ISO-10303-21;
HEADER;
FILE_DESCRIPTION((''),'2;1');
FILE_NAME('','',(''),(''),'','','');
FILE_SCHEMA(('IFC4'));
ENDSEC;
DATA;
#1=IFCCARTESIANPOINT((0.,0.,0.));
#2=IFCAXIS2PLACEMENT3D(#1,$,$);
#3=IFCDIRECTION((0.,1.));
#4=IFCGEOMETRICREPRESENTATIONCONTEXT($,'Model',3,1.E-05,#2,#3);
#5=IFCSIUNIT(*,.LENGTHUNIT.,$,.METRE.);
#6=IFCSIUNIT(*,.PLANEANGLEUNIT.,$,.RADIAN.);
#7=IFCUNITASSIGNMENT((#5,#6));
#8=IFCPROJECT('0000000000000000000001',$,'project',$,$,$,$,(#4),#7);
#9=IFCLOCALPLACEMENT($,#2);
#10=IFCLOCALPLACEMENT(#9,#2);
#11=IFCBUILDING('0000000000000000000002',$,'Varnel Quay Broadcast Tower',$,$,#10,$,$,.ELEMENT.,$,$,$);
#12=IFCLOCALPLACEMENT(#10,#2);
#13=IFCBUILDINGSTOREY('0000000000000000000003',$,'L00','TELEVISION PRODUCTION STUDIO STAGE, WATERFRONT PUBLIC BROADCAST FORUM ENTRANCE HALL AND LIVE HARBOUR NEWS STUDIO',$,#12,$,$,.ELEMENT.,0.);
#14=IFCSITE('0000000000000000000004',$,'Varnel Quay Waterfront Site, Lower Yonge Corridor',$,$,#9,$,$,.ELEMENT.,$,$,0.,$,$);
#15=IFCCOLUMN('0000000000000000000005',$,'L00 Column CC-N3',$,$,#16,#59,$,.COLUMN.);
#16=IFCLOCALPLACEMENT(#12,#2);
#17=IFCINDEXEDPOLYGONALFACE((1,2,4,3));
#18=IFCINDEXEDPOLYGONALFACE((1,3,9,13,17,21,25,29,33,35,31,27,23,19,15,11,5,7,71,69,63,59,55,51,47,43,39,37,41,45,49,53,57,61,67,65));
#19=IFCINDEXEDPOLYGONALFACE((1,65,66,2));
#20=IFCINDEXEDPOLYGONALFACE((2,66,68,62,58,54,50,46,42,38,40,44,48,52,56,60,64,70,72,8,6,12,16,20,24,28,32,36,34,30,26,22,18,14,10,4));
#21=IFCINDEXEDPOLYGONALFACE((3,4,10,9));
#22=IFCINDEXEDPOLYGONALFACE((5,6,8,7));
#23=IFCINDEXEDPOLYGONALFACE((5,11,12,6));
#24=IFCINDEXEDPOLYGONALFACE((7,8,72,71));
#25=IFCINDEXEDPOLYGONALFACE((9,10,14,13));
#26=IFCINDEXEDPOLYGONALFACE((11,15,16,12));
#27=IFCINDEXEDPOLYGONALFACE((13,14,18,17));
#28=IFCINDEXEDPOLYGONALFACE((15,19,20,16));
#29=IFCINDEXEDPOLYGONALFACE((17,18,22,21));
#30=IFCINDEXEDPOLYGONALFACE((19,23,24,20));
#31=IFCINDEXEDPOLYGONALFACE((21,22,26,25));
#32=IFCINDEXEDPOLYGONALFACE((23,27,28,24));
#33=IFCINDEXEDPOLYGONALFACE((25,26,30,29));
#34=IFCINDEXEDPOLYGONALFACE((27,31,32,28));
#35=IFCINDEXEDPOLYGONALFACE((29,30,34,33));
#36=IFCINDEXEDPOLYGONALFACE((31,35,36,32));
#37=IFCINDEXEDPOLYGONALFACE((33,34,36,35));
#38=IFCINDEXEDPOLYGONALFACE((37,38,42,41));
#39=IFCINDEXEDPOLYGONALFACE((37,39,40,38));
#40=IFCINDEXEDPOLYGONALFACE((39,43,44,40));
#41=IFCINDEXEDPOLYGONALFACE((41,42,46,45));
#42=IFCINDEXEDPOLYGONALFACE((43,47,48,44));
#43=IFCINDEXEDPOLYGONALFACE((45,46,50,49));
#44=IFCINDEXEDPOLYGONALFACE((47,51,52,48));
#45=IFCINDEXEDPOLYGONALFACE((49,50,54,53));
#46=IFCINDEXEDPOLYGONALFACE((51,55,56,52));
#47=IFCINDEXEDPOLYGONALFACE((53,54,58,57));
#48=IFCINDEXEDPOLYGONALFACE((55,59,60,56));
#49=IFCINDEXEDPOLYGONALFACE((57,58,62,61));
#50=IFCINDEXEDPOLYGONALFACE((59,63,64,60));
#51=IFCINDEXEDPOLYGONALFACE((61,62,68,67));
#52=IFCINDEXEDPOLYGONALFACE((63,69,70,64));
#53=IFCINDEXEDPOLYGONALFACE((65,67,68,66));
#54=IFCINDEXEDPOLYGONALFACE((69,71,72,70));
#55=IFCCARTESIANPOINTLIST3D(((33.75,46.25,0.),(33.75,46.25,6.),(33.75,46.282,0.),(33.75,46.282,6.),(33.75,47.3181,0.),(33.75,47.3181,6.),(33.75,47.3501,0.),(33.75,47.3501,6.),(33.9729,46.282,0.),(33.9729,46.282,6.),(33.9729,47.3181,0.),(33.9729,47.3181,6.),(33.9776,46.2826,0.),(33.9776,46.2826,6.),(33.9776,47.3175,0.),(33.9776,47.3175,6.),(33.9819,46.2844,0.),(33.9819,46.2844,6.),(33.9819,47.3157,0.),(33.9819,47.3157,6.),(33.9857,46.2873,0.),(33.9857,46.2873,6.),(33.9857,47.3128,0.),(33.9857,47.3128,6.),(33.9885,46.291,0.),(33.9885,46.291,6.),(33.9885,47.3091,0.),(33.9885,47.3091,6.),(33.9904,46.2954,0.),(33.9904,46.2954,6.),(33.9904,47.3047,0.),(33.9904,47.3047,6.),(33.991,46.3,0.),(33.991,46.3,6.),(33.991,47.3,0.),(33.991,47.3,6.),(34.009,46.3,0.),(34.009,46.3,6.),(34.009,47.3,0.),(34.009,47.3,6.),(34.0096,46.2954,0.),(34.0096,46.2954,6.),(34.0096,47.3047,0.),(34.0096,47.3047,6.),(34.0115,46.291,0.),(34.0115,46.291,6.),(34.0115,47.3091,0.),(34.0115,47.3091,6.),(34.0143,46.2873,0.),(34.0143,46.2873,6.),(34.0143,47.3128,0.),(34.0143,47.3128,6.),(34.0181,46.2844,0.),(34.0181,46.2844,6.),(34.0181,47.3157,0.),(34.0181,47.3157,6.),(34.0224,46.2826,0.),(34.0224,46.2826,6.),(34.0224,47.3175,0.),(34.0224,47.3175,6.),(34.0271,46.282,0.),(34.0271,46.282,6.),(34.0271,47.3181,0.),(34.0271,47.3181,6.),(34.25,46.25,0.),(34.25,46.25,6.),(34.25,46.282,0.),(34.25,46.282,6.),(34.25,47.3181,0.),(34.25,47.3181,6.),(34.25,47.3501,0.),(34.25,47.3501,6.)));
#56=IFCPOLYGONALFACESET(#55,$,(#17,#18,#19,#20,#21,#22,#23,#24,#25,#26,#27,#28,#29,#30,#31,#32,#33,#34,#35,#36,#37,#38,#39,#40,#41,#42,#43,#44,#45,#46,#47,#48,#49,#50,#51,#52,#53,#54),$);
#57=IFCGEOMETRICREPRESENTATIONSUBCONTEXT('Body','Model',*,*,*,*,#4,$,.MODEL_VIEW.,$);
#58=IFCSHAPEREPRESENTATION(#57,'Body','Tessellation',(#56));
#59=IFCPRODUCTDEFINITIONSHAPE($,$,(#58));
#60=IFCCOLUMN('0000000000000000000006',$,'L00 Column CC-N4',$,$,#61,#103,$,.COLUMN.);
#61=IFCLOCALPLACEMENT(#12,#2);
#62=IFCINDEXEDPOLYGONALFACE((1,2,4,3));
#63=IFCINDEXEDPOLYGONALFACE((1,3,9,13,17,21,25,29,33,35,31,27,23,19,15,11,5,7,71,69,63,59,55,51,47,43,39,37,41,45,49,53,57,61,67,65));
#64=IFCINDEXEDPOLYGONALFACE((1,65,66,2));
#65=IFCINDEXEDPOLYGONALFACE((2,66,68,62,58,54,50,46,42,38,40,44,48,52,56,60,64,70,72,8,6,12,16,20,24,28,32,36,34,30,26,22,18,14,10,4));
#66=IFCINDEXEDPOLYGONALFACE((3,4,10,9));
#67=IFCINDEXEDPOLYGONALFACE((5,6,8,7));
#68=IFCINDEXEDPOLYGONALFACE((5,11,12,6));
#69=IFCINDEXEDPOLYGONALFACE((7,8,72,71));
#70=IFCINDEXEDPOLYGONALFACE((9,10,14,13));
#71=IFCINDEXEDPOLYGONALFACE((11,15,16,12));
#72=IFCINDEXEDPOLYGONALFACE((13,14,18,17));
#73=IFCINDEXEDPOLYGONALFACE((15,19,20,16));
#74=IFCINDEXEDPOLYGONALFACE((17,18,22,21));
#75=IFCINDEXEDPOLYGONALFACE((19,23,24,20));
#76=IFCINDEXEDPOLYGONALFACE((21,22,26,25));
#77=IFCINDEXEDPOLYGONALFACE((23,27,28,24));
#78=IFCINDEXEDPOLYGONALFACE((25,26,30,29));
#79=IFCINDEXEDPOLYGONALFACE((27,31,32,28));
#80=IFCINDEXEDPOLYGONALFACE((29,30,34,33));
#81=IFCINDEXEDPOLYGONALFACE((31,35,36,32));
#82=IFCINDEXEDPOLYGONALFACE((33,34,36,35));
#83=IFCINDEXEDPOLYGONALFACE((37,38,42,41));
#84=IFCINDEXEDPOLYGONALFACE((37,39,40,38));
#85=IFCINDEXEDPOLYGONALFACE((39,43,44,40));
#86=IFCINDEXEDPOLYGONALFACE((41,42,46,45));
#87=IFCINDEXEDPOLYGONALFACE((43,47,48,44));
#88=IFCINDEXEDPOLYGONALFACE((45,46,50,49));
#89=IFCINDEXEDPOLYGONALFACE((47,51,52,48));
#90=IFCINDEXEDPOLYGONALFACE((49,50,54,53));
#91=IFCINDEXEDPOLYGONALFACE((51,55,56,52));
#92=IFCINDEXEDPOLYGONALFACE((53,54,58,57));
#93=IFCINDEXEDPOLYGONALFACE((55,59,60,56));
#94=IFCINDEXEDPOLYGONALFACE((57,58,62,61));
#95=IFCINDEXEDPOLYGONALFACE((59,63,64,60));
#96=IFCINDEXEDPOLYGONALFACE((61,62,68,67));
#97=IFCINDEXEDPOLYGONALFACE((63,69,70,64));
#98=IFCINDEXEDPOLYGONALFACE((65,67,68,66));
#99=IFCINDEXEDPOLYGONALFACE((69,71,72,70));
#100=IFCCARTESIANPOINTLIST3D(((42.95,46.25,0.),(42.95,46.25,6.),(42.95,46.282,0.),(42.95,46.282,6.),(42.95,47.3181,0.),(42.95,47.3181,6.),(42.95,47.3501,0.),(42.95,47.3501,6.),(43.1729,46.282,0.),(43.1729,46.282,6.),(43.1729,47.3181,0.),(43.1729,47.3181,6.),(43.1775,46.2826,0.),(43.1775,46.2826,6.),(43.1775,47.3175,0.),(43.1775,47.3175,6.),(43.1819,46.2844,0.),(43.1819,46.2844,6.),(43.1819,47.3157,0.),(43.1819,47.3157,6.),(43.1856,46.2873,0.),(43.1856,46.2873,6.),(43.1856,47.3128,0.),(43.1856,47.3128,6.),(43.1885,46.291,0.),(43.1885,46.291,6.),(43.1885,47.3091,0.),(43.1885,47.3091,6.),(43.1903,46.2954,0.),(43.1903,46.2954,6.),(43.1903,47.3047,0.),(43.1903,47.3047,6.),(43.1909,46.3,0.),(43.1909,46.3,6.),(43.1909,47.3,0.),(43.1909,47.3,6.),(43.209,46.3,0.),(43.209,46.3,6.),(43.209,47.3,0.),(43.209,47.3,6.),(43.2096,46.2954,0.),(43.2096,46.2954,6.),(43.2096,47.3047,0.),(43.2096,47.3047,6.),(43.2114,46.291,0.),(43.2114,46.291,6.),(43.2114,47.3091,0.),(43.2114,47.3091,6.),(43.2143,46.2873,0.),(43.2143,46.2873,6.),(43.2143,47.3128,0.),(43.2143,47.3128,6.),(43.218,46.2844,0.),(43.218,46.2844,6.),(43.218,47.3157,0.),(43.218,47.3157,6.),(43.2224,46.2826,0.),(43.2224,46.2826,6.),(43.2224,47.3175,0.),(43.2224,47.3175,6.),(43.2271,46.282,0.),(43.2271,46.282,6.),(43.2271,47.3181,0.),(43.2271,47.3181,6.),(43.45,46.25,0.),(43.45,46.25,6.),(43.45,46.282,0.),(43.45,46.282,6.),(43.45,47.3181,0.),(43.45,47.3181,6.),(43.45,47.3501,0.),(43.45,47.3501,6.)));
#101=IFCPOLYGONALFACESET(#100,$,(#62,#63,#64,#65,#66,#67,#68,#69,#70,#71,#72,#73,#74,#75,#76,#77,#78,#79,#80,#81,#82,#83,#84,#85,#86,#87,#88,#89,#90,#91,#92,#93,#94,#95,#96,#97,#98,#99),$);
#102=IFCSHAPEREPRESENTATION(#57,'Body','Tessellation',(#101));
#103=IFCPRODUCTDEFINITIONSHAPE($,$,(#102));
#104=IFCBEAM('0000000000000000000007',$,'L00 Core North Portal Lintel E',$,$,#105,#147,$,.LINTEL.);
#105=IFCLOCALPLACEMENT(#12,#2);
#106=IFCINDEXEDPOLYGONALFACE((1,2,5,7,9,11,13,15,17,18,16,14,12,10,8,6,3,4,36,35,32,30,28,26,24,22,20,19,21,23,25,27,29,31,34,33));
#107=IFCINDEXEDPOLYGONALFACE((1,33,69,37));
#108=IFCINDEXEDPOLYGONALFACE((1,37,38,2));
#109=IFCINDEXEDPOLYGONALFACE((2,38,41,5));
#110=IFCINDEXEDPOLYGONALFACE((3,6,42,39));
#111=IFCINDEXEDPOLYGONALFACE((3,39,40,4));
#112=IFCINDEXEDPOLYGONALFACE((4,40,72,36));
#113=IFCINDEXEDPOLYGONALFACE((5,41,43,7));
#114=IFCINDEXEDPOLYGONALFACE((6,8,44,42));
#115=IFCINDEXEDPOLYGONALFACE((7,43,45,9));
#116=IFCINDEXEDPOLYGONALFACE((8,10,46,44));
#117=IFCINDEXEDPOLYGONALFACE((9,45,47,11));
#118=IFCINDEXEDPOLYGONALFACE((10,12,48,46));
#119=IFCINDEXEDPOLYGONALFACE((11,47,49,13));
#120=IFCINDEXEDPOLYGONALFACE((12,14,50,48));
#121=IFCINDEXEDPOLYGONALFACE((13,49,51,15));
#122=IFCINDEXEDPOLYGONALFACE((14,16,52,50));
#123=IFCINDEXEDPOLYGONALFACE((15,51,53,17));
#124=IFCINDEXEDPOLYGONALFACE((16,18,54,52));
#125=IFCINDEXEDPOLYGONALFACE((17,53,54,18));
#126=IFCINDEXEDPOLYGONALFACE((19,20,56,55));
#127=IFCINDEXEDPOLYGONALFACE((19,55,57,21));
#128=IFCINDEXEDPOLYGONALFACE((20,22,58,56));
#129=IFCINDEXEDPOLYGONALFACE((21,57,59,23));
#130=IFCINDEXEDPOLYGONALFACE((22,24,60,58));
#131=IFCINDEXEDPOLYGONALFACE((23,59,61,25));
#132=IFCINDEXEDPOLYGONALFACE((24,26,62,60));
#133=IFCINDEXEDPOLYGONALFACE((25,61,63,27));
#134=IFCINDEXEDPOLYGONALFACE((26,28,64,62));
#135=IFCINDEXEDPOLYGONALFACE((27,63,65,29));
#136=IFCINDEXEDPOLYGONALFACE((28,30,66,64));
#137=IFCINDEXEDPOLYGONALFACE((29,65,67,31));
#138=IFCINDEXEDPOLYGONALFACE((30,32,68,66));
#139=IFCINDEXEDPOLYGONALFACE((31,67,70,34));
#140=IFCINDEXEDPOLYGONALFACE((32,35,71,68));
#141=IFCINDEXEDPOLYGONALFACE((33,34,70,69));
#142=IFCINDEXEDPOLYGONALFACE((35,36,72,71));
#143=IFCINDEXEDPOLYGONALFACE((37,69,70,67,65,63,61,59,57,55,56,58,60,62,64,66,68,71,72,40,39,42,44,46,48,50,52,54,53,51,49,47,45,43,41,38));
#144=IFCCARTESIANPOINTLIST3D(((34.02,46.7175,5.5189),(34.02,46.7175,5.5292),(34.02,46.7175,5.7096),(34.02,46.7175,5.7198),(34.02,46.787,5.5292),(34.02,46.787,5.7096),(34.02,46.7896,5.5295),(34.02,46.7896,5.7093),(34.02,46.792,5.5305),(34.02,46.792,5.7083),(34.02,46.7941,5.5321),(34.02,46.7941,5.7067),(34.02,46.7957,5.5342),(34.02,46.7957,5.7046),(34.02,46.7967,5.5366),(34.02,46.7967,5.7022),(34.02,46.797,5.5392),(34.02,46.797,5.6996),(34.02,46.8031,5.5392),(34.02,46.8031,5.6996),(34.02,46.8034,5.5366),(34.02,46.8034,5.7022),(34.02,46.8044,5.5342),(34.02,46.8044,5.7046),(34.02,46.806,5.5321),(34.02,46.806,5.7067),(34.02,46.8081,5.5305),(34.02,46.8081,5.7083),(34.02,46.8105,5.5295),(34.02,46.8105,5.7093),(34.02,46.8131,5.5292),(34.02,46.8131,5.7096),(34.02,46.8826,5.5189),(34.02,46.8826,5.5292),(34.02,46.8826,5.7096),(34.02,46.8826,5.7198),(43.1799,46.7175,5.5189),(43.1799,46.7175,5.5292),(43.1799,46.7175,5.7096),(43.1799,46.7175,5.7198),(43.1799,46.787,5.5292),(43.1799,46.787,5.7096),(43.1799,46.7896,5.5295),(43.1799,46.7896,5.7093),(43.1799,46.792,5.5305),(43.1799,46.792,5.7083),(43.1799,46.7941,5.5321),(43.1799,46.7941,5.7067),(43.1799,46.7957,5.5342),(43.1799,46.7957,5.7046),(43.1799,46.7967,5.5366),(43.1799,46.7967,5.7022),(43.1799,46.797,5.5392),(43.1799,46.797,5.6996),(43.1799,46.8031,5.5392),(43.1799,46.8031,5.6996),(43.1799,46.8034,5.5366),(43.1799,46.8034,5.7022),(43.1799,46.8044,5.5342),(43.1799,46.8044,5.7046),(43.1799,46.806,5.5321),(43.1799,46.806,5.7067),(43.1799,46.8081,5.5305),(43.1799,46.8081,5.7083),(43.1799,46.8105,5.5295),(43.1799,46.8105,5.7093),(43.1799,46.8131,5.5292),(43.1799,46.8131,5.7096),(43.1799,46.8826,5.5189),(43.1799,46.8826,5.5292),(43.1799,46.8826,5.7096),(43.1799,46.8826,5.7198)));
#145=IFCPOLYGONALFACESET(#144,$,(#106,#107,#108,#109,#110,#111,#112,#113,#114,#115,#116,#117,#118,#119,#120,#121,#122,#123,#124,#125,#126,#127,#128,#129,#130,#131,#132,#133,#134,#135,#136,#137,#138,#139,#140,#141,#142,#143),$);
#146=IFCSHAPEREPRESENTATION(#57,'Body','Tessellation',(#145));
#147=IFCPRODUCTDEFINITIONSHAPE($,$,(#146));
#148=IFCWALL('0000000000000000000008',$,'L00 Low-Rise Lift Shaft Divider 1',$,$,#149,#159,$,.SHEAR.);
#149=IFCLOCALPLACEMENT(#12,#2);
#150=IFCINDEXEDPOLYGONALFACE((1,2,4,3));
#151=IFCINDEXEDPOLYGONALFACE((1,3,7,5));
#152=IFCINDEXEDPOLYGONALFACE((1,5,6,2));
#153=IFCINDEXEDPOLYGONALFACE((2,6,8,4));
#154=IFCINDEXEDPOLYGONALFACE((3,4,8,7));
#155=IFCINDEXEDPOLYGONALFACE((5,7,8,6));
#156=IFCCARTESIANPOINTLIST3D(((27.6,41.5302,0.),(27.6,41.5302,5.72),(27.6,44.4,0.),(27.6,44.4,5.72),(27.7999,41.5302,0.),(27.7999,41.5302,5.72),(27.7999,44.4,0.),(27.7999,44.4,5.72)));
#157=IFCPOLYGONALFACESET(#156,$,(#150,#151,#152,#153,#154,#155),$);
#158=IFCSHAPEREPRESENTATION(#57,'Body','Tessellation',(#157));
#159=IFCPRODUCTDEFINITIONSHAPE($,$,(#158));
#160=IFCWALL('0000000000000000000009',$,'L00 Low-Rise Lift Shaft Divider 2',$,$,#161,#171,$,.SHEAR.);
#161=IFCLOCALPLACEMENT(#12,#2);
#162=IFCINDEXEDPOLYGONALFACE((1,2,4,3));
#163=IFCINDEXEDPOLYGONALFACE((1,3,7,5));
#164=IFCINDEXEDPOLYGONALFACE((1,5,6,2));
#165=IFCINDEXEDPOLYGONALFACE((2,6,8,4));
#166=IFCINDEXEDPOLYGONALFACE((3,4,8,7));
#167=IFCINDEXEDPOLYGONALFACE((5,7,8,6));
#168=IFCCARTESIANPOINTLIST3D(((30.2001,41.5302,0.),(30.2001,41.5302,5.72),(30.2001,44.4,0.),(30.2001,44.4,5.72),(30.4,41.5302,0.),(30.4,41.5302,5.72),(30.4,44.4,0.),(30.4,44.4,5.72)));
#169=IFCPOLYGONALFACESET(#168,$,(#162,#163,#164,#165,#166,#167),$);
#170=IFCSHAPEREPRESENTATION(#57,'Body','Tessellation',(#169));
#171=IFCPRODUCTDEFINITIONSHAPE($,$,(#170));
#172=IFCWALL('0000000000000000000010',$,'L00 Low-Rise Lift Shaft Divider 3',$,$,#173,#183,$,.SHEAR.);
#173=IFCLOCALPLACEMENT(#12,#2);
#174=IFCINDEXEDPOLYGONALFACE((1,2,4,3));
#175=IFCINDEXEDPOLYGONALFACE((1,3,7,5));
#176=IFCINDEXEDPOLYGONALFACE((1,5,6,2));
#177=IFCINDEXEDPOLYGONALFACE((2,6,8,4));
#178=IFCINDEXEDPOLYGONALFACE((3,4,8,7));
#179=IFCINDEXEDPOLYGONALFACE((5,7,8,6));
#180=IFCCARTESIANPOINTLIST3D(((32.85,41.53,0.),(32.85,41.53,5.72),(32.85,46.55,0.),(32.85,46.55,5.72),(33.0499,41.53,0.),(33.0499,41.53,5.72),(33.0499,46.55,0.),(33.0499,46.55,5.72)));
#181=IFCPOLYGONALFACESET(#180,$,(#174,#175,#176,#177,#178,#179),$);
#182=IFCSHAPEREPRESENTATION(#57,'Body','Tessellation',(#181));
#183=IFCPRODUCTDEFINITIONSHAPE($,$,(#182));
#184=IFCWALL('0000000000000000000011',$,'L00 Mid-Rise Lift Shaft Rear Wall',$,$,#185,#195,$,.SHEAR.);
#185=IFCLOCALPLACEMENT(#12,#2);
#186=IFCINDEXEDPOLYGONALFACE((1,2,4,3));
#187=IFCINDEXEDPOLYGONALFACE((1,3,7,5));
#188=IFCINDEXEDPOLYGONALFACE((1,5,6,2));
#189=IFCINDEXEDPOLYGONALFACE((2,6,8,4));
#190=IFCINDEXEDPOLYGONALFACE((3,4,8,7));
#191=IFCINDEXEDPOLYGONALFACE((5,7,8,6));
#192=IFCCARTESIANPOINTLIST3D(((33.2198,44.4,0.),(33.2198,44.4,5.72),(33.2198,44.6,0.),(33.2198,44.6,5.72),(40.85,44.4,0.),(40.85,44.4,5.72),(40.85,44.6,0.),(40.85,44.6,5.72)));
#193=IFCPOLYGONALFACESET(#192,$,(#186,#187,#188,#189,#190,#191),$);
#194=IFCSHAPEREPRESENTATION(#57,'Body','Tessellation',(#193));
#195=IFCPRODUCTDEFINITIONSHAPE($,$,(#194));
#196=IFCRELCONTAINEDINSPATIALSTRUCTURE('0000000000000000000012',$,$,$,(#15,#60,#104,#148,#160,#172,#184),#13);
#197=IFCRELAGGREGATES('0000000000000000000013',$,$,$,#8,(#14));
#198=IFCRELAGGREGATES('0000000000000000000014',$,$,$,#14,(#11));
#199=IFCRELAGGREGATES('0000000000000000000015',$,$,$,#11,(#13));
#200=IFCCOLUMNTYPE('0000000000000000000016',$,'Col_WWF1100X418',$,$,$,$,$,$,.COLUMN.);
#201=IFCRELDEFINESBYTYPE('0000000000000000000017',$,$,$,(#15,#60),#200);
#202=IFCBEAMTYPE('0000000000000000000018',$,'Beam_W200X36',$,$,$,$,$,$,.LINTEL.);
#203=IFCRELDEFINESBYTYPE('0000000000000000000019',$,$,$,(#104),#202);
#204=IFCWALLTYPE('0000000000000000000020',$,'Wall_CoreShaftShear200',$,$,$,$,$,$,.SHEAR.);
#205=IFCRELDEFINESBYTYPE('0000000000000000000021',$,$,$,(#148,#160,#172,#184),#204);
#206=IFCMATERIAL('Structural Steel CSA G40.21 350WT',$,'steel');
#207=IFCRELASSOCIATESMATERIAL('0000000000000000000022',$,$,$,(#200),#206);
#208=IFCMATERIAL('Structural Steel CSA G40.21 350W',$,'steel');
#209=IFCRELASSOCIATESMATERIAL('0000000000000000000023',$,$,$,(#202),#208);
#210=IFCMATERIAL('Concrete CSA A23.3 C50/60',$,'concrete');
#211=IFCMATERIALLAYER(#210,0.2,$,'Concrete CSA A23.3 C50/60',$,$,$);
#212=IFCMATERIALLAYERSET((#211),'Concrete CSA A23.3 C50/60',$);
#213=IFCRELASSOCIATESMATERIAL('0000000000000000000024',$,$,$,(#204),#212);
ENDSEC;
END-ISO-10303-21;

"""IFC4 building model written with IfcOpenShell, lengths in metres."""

from ifc_helpers import new_model, si_unit, direction, frame, frame_2d, origin, origin_2d, place, context, subcontext, project, spatial, rectangle, i_section, extrude, source, transform, mapped, material, layer, layer_set, material_profile, profile_set, type_object, type_shapes, element, save


model = new_model("IFC4")

# Units and contexts
model_context = context("Model", 3, precision=1e-05, world=origin(), true_north=direction((0.0, 1.0)))
body_context = subcontext(model_context, "Body", "Model", "MODEL_VIEW")
ifc_project = project(units=[si_unit("LENGTHUNIT", "METRE"), si_unit("PLANEANGLEUNIT", "RADIAN")], contexts=[model_context])

# Site, building, storey
site_placement = place(None, origin())
site = spatial("IfcSite", under=ifc_project, at=site_placement, Name="Varnel Quay Waterfront Site, Lower Yonge Corridor", CompositionType="ELEMENT", RefElevation=0.0)
building_placement = place(site_placement, origin())
building = spatial("IfcBuilding", under=site, at=building_placement, Name="Varnel Quay Broadcast Tower", CompositionType="ELEMENT")
storey_placement = place(building_placement, origin())
storey = spatial("IfcBuildingStorey", under=building, at=storey_placement, Name="L00", Description="TELEVISION PRODUCTION STUDIO STAGE, WATERFRONT PUBLIC BROADCAST FORUM ENTRANCE HALL AND LIVE HARBOUR NEWS STUDIO", CompositionType="ELEMENT", Elevation=0.0)

# Columns
ifc_material_1 = material(Name="Structural Steel CSA G40.21 350WT", Category="steel")
ifc_material_profile_1 = material_profile(ifc_material_1, i_section(OverallWidth=0.5, OverallDepth=1.1001, WebThickness=0.0181, FlangeThickness=0.032, FilletRadius=0.0181, at=origin_2d()), Name="WWF1100X418")
ifc_profile_set_1 = profile_set([ifc_material_profile_1], Name="Structural Steel CSA G40.21 350WT")
column_type = type_object("IfcColumnType", Name="Col_WWF1100X418", PredefinedType="COLUMN", material=ifc_profile_set_1)
shared_shape_1 = source(origin(), body_context, "Body", "SweptSolid", [
    extrude(i_section(OverallWidth=0.5, OverallDepth=1.1001, WebThickness=0.0181, FlangeThickness=0.032, FilletRadius=0.0181, at=origin_2d()), origin(), (0.0, 0.0, 1.0), 6.0),
])
type_shapes(column_type, [shared_shape_1])
for number, where, z_axis, x_axis, name in (
    (1, (34.0, 46.8, 0.0), (0.0, 0.0, 1.0), (1.0, 0.0, 0.0), "L00 Column CC-N3"),
    (2, (43.2, 46.8, 0.0), (0.0, 0.0, 1.0), (1.0, 0.0, 0.0), "L00 Column CC-N4"),
):
    element("IfcColumn", number, at=place(storey_placement, frame(where, z_axis=z_axis, x_axis=x_axis)), inside=storey, type_object=column_type, Name=name, PredefinedType="COLUMN", context=body_context, shape_type="MappedRepresentation", body=[
        mapped(shared_shape_1, transform((0.0, 0.0, 0.0), x_axis=(1.0, 0.0, 0.0), y_axis=(0.0, 1.0, 0.0), z_axis=(0.0, 0.0, 1.0), scale=1.0)),
    ])

# Beam
ifc_material_2 = material(Name="Structural Steel CSA G40.21 350W", Category="steel")
ifc_material_profile_2 = material_profile(ifc_material_2, i_section(OverallWidth=0.165, OverallDepth=0.2009, WebThickness=0.0061, FlangeThickness=0.0103, FilletRadius=0.01, at=origin_2d()), Name="W200X36")
ifc_profile_set_2 = profile_set([ifc_material_profile_2], Name="Structural Steel CSA G40.21 350W")
beam_type = type_object("IfcBeamType", Name="Beam_W200X36", PredefinedType="LINTEL", material=ifc_profile_set_2)
shared_shape_2 = source(origin(), body_context, "Body", "SweptSolid", [
    extrude(i_section(OverallWidth=0.165, OverallDepth=0.2009, WebThickness=0.0061, FlangeThickness=0.0103, FilletRadius=0.01, at=origin_2d()), origin(), (0.0, 0.0, 1.0), 9.1599),
])
type_shapes(beam_type, [shared_shape_2])
beam_placement = place(storey_placement, frame((34.02, 46.8, 5.6194), z_axis=(1.0, 0.0, 0.0), x_axis=(0.0, 1.0, 0.0)))
element("IfcBeam", 3, at=beam_placement, inside=storey, type_object=beam_type, Name="L00 Core North Portal Lintel E", PredefinedType="LINTEL", context=body_context, shape_type="MappedRepresentation", body=[
    mapped(shared_shape_2, transform((0.0, 0.0, 0.0), x_axis=(1.0, 0.0, 0.0), y_axis=(0.0, 1.0, 0.0), z_axis=(0.0, 0.0, 1.0), scale=1.0)),
])

# Walls
ifc_material_3 = material(Name="Concrete CSA A23.3 C50/60", Category="concrete")
ifc_layer_1 = layer(ifc_material_3, 0.2, Name="Concrete CSA A23.3 C50/60")
ifc_layer_set_1 = layer_set([ifc_layer_1], Name="Concrete CSA A23.3 C50/60")
wall_type_1 = type_object("IfcWallType", Name="Wall_CoreShaftShear200", PredefinedType="SHEAR", material=ifc_layer_set_1)
for number, where, z_axis, x_axis, name in (
    (4, (27.7, 41.53, 0.0), (0.0, 0.0, 1.0), (0.0, 1.0, 0.0), "L00 Low-Rise Lift Shaft Divider 1"),
    (5, (30.3, 41.53, 0.0), (0.0, 0.0, 1.0), (0.0, 1.0, 0.0), "L00 Low-Rise Lift Shaft Divider 2"),
):
    element("IfcWall", number, at=place(storey_placement, frame(where, z_axis=z_axis, x_axis=x_axis)), inside=storey, type_object=wall_type_1, Name=name, PredefinedType="SHEAR", context=body_context, shape_type="SweptSolid", body=[
        extrude(rectangle(XDim=2.8699, YDim=0.2, at=frame_2d((1.4351, 0.0))), origin(), (0.0, 0.0, 1.0), 5.72),
    ])
wall_1_placement = place(storey_placement, frame((32.95, 41.53, 0.0), z_axis=(0.0, 0.0, 1.0), x_axis=(0.0, 1.0, 0.0)))
element("IfcWall", 6, at=wall_1_placement, inside=storey, type_object=wall_type_1, Name="L00 Low-Rise Lift Shaft Divider 3", PredefinedType="SHEAR", context=body_context, shape_type="SweptSolid", body=[
    extrude(rectangle(XDim=5.02, YDim=0.2, at=frame_2d((2.51, 0.0))), origin(), (0.0, 0.0, 1.0), 5.72),
])
wall_2_placement = place(storey_placement, frame((33.22, 44.5, 0.0), z_axis=(0.0, 0.0, 1.0), x_axis=(1.0, 0.0, 0.0)))
element("IfcWall", 7, at=wall_2_placement, inside=storey, type_object=wall_type_1, Name="L00 Mid-Rise Lift Shaft Rear Wall", PredefinedType="SHEAR", context=body_context, shape_type="SweptSolid", body=[
    extrude(rectangle(XDim=7.6301, YDim=0.2, at=frame_2d((3.8149, 0.0))), origin(), (0.0, 0.0, 1.0), 5.72),
])

save(model, "model.ifc")
